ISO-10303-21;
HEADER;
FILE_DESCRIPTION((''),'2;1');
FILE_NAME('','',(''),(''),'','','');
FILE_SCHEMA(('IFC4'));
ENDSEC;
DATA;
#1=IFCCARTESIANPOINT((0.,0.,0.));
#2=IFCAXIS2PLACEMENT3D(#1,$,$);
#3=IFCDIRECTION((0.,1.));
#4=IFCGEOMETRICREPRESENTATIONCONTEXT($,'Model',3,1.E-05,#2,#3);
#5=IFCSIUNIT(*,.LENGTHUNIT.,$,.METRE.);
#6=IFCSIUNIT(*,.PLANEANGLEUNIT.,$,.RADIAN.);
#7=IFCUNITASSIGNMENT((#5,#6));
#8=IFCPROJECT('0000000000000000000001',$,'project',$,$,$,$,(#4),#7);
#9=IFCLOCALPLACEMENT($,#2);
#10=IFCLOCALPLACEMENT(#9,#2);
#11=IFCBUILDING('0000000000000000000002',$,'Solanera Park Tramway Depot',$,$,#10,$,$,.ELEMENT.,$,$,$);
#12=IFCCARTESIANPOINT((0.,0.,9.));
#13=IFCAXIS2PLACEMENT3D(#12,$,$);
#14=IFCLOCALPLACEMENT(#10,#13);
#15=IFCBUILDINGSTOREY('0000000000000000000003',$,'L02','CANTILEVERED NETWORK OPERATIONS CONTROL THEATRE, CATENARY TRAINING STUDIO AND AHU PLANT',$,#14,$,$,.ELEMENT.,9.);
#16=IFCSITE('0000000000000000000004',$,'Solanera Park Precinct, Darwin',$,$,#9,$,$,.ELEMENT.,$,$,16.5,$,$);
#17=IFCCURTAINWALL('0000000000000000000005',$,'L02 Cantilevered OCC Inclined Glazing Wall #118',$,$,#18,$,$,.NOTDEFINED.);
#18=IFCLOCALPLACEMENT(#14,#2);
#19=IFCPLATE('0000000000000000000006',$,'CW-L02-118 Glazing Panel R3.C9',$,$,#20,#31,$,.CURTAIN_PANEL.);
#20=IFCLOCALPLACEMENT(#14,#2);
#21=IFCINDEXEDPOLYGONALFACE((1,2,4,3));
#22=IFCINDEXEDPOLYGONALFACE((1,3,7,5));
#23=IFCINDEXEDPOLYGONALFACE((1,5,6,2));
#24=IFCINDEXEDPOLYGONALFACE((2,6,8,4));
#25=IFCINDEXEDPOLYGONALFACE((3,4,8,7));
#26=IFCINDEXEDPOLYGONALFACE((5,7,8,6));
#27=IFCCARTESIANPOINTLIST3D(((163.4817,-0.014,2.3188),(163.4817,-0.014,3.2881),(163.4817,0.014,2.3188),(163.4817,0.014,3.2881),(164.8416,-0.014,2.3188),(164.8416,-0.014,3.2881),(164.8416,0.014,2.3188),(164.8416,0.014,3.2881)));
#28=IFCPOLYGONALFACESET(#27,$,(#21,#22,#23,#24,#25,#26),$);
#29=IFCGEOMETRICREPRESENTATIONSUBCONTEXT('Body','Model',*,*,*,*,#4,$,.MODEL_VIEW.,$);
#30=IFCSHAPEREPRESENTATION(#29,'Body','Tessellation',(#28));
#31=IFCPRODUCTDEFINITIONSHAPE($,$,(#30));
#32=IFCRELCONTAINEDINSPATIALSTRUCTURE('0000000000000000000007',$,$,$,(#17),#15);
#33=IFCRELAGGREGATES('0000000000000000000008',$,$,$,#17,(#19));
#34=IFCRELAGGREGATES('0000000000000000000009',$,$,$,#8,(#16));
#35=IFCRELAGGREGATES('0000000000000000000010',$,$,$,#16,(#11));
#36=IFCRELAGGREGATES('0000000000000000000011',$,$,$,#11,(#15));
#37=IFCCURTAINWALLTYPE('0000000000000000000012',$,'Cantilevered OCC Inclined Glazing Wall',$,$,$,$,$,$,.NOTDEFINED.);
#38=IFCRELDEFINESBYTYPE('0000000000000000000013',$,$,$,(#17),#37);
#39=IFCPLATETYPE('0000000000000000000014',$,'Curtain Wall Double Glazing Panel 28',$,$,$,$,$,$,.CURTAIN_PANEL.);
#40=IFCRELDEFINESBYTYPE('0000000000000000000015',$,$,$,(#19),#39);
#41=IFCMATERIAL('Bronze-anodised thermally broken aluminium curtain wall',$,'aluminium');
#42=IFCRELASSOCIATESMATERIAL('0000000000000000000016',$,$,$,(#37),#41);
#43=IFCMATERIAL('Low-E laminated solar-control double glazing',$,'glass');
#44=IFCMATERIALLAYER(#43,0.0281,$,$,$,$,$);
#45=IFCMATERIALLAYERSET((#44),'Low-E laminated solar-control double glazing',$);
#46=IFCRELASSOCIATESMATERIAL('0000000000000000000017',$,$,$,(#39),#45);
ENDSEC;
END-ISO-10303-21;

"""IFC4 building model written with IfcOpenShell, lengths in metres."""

from ifc_helpers import new_model, si_unit, direction, frame, origin, origin_2d, place, context, subcontext, project, spatial, rectangle, extrude, material, layer, layer_set, type_object, element, aggregate, save


model = new_model("IFC4")

# Units and contexts
model_context = context("Model", 3, precision=1e-05, world=origin(), true_north=direction((0.0, 1.0)))
body_context = subcontext(model_context, "Body", "Model", "MODEL_VIEW")
ifc_project = project(units=[si_unit("LENGTHUNIT", "METRE"), si_unit("PLANEANGLEUNIT", "RADIAN")], contexts=[model_context])

# Site, building, storey
site_placement = place(None, origin())
site = spatial("IfcSite", under=ifc_project, at=site_placement, Name="Solanera Park Precinct, Darwin", CompositionType="ELEMENT", RefElevation=16.5)
building_placement = place(site_placement, origin())
building = spatial("IfcBuilding", under=site, at=building_placement, Name="Solanera Park Tramway Depot", CompositionType="ELEMENT")
storey_placement = place(building_placement, frame((0.0, 0.0, 9.0)))
storey = spatial("IfcBuildingStorey", under=building, at=storey_placement, Name="L02", Description="CANTILEVERED NETWORK OPERATIONS CONTROL THEATRE, CATENARY TRAINING STUDIO AND AHU PLANT", CompositionType="ELEMENT", Elevation=9.0)

# Curtain wall, plate
ifc_material_1 = material(Name="Bronze-anodised thermally broken aluminium curtain wall", Category="aluminium")
curtain_wall_type = type_object("IfcCurtainWallType", Name="Cantilevered OCC Inclined Glazing Wall", PredefinedType="NOTDEFINED", material=ifc_material_1)
curtain_wall_placement = place(storey_placement, origin())
curtain_wall = element("IfcCurtainWall", 1, at=curtain_wall_placement, inside=storey, type_object=curtain_wall_type, Name="L02 Cantilevered OCC Inclined Glazing Wall #118", PredefinedType="NOTDEFINED")
ifc_material_2 = material(Name="Low-E laminated solar-control double glazing", Category="glass")
ifc_layer = layer(ifc_material_2, 0.0281)
ifc_layer_set = layer_set([ifc_layer], Name="Low-E laminated solar-control double glazing")
plate_type = type_object("IfcPlateType", Name="Curtain Wall Double Glazing Panel 28", PredefinedType="CURTAIN_PANEL", material=ifc_layer_set)
plate_1_placement = place(storey_placement, frame((164.1616, 0.0, 2.3188), z_axis=(0.0, 0.0, 1.0), x_axis=(1.0, 0.0, 0.0)))
plate_1 = element("IfcPlate", 2, at=plate_1_placement, type_object=plate_type, Name="CW-L02-118 Glazing Panel R3.C9", PredefinedType="CURTAIN_PANEL", context=body_context, shape_type="SweptSolid", body=[
    extrude(rectangle(XDim=1.3599, YDim=0.0281, at=origin_2d()), origin(), (0.0, 0.0, 1.0), 0.9692),
])
aggregate(curtain_wall, [plate_1])

save(model, "model.ifc")
